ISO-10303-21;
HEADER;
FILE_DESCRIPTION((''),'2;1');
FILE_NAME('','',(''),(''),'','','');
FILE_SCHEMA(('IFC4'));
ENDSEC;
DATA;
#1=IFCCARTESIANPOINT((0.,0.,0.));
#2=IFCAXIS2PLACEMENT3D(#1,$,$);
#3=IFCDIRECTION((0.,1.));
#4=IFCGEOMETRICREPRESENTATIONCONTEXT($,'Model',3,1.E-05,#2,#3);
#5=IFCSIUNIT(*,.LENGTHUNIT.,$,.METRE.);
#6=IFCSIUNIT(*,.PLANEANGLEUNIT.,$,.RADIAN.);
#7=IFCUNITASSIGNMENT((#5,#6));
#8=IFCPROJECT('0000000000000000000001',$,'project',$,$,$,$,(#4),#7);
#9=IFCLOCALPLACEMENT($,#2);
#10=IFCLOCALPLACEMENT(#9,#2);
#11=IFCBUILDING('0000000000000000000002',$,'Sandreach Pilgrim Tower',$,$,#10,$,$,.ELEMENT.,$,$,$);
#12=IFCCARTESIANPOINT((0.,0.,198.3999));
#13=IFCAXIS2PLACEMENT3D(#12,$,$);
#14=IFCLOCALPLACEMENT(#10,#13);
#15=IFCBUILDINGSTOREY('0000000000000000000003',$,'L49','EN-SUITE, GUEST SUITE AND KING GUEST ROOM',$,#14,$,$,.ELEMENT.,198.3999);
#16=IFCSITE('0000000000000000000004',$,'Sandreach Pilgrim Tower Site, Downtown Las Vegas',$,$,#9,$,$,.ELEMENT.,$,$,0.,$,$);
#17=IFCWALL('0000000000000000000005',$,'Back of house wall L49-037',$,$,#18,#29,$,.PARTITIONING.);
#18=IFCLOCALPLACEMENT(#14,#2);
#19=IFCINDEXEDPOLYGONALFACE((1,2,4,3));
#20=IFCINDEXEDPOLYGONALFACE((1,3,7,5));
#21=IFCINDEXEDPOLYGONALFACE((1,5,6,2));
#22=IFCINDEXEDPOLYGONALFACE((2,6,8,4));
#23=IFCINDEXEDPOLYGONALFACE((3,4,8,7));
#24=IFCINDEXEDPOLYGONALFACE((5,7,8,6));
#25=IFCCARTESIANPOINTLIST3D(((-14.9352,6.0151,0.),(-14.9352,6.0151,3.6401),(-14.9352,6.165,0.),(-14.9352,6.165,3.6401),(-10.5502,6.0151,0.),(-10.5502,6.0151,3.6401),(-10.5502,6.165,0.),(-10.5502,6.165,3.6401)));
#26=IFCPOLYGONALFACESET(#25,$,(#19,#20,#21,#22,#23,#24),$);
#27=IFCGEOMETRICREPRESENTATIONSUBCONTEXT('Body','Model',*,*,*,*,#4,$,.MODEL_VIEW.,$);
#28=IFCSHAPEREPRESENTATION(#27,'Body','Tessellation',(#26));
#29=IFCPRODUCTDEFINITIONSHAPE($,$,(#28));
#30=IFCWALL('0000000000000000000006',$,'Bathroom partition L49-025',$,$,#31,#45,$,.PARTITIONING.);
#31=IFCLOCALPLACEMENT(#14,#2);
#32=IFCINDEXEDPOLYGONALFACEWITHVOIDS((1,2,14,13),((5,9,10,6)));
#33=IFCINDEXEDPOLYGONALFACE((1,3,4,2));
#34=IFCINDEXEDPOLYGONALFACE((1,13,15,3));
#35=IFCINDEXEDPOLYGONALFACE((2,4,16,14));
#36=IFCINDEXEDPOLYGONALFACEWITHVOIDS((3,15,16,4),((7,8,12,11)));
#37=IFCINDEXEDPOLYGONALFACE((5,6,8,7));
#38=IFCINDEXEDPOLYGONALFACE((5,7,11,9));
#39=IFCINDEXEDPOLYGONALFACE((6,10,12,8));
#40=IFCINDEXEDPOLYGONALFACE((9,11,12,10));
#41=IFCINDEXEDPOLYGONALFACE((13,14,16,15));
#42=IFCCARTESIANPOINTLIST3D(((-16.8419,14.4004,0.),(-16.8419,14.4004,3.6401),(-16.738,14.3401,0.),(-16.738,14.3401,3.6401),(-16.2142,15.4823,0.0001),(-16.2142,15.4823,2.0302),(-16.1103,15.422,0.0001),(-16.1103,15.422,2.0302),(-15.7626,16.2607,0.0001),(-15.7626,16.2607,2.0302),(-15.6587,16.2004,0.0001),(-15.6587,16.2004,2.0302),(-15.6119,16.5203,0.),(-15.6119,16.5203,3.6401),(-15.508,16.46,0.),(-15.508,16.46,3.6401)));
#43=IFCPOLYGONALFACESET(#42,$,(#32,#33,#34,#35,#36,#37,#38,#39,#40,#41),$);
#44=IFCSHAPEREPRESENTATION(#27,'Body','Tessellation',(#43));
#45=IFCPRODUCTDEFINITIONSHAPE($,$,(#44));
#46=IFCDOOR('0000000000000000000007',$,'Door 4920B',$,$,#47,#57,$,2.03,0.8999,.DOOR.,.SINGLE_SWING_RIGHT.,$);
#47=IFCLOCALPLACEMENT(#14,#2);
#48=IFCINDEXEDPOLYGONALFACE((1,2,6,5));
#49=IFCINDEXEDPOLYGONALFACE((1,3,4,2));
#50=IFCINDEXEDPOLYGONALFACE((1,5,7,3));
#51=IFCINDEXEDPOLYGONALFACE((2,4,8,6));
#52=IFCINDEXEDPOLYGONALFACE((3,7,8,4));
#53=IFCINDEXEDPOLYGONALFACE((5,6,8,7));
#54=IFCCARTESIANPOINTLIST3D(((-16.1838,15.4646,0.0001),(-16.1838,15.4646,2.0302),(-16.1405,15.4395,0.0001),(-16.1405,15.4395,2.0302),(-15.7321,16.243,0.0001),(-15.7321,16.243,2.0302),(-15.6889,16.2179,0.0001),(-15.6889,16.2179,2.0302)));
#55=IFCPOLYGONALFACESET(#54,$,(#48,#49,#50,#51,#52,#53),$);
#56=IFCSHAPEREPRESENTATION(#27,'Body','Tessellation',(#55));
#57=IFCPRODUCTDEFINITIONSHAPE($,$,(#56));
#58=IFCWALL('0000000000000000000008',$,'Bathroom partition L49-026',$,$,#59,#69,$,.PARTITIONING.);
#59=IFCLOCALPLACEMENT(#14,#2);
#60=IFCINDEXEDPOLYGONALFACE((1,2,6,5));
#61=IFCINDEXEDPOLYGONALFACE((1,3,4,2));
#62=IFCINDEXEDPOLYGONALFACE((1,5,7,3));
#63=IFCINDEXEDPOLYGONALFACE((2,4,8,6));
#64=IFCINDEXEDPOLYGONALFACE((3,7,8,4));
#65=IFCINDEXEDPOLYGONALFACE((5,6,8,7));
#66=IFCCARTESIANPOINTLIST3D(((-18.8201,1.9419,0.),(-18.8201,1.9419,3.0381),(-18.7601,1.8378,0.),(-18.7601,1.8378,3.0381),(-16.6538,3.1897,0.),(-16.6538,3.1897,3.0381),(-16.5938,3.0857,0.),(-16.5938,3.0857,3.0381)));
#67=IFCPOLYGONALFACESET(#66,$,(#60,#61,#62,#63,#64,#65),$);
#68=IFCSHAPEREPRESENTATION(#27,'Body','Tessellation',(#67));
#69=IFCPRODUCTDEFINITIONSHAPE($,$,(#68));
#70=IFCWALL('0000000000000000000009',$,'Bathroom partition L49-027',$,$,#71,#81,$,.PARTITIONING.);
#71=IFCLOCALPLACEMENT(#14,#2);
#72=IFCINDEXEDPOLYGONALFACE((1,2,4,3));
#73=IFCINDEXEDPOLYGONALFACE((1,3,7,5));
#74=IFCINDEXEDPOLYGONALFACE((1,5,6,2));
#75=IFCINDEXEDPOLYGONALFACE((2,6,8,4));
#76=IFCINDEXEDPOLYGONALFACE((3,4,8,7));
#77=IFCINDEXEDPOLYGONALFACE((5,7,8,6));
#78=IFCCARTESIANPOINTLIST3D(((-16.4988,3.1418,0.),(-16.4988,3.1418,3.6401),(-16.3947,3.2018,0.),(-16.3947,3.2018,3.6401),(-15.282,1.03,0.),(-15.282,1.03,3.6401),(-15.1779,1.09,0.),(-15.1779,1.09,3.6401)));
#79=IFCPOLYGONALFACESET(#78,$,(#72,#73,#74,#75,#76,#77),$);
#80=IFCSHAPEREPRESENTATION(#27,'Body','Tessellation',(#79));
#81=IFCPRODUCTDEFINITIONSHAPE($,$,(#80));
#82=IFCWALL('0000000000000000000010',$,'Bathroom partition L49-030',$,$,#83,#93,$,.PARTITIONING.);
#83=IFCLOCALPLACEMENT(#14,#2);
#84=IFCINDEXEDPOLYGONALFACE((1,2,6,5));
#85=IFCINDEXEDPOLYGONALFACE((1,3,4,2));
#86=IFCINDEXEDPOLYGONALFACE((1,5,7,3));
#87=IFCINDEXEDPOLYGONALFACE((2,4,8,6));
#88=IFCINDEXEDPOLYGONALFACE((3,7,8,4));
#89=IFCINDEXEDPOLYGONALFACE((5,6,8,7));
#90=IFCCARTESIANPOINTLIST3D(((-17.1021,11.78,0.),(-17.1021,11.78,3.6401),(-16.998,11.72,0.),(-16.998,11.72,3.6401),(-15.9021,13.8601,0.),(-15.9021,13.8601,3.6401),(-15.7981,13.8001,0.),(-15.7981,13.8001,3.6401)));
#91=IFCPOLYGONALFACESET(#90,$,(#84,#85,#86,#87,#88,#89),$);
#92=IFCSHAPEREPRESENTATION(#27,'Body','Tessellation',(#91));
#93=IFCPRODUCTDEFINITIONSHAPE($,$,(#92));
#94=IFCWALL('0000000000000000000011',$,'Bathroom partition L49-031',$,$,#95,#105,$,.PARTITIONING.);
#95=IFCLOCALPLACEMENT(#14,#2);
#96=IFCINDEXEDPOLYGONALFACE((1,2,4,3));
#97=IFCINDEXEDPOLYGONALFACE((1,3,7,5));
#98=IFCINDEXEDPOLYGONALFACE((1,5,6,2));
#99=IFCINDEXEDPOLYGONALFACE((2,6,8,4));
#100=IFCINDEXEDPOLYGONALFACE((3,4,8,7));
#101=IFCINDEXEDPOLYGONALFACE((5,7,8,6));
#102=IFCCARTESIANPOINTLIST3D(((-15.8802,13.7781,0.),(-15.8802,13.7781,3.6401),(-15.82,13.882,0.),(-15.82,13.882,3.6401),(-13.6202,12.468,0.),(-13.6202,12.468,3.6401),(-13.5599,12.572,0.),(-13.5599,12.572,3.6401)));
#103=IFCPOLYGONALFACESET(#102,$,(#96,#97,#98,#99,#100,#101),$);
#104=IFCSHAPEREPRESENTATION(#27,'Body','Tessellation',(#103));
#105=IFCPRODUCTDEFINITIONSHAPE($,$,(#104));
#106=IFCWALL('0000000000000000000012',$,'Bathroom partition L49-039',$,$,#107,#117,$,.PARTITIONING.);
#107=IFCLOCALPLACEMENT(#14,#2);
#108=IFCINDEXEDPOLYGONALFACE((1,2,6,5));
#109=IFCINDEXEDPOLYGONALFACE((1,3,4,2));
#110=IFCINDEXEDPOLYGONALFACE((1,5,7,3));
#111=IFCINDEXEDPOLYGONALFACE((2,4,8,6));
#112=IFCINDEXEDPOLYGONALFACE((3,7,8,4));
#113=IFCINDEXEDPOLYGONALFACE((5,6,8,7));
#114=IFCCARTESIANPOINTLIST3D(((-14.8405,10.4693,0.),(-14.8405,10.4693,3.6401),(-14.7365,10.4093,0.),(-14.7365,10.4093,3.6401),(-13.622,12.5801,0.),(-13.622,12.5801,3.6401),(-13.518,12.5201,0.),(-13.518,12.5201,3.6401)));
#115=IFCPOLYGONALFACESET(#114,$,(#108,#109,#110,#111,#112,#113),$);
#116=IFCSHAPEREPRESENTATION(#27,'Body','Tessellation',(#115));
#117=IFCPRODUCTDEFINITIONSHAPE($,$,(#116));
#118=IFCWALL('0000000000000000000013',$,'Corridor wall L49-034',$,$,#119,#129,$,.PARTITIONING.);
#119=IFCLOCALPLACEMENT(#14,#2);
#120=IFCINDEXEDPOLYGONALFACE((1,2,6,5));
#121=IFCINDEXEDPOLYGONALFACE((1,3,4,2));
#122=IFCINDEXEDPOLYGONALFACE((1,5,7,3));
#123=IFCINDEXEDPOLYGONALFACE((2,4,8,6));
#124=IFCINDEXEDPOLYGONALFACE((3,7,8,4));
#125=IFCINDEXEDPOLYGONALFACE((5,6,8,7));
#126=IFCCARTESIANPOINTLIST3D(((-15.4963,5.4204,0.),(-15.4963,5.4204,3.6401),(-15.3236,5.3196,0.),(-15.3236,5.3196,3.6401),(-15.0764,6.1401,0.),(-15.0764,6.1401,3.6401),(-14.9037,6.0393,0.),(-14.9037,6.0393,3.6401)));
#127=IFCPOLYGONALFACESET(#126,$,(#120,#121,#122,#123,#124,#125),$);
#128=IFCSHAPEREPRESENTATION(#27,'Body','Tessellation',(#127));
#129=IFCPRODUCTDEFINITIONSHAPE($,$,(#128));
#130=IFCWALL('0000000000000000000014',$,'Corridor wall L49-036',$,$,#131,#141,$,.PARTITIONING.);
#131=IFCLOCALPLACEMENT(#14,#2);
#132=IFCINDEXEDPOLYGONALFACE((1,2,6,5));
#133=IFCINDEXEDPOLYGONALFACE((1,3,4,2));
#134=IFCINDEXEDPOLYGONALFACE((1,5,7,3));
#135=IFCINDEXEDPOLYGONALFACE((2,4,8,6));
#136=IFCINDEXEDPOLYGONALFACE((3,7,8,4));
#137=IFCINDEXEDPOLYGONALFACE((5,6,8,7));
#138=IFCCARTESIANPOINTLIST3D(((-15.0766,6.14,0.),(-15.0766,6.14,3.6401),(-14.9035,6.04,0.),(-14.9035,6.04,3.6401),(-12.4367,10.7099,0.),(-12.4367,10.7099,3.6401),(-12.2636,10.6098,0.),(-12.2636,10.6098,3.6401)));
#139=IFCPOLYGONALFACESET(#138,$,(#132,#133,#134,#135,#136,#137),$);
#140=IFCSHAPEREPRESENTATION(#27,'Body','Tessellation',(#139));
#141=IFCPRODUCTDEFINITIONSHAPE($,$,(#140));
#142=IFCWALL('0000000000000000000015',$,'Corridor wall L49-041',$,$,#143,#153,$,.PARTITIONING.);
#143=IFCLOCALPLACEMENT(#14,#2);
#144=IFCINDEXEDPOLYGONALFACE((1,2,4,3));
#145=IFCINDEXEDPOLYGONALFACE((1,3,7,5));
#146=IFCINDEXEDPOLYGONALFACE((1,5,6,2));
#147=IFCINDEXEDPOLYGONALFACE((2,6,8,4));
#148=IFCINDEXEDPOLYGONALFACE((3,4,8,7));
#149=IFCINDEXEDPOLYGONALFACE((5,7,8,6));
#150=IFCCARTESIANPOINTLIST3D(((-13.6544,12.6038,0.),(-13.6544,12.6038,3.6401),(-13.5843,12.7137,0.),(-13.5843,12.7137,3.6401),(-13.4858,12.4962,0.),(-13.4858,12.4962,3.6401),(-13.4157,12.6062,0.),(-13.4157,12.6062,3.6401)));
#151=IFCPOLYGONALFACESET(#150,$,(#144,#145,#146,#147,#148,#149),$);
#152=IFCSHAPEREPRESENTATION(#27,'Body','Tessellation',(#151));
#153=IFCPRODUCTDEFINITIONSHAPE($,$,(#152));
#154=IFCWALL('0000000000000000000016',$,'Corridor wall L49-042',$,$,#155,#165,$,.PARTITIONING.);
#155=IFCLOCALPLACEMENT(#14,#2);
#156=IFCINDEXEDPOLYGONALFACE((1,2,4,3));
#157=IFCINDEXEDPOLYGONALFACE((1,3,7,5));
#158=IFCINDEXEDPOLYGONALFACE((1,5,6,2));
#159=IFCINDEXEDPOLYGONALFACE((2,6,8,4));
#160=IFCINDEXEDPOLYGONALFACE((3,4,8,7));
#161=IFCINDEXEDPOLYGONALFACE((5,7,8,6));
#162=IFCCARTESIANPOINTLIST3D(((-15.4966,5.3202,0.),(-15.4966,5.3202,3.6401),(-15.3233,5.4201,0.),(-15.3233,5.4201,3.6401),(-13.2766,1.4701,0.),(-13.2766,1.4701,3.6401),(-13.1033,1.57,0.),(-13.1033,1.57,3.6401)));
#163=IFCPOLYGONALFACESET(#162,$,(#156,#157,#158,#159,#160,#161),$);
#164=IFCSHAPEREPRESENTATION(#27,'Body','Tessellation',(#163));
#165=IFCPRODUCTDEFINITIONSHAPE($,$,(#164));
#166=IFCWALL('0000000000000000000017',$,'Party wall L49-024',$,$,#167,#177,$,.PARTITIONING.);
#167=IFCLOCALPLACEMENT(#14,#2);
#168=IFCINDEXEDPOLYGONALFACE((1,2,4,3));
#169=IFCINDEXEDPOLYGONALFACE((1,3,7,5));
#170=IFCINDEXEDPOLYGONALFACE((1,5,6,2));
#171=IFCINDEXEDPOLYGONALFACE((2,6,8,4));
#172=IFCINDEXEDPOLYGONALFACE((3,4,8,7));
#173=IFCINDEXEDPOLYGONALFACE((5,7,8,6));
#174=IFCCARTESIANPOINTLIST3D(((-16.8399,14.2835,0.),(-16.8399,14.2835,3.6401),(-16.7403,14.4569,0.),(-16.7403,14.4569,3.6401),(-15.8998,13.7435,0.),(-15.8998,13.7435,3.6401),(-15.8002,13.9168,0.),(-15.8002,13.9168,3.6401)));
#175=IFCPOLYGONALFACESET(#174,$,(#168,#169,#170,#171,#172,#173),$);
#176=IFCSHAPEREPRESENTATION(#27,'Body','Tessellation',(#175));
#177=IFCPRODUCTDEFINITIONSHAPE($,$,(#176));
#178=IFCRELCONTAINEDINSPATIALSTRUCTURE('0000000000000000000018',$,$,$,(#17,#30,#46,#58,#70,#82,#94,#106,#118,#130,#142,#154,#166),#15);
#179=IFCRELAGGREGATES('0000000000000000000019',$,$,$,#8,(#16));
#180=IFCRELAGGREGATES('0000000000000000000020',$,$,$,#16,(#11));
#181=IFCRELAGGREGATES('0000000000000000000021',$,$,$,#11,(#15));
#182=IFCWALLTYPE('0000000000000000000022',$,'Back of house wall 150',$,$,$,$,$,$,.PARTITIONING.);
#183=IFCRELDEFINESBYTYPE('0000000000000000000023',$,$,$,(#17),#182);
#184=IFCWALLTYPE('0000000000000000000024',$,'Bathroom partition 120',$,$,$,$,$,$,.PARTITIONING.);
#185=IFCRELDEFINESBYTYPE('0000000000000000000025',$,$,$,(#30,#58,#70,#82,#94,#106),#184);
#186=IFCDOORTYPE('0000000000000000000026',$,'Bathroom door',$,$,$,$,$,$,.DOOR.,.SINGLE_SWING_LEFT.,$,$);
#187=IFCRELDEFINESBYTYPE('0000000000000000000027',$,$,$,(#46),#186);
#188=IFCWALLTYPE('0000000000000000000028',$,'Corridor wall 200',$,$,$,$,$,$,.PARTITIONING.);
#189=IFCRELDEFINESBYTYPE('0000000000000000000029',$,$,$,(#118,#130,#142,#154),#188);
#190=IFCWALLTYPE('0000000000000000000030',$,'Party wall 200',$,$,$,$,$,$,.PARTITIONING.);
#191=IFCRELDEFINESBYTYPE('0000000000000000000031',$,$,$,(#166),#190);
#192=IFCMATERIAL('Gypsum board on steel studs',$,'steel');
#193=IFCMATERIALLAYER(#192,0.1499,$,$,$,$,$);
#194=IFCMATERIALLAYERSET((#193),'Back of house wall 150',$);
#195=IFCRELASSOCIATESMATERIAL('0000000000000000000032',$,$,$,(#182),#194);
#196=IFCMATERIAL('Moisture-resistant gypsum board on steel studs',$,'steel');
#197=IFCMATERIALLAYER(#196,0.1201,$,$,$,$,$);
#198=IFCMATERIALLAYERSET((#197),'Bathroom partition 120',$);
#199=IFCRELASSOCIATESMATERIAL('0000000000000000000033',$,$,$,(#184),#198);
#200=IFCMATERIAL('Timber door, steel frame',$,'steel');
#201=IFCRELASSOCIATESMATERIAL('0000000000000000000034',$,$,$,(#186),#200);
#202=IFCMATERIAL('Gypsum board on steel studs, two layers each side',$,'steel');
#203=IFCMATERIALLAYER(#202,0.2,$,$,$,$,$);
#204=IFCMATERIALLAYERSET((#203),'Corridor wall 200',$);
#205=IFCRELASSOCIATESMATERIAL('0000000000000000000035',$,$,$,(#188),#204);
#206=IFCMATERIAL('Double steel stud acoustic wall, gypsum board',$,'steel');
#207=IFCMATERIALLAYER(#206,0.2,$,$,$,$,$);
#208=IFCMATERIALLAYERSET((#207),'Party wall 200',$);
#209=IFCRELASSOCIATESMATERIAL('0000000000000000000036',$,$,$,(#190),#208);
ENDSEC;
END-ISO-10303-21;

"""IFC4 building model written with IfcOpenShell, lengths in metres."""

from ifc_helpers import new_model, si_unit, direction, frame, frame_2d, origin, place, context, subcontext, project, spatial, rectangle, extrude, material, layer, layer_set, type_object, element, fill, save


model = new_model("IFC4")

# Units and contexts
model_context = context("Model", 3, precision=1e-05, world=origin(), true_north=direction((0.0, 1.0)))
body_context = subcontext(model_context, "Body", "Model", "MODEL_VIEW")
ifc_project = project(units=[si_unit("LENGTHUNIT", "METRE"), si_unit("PLANEANGLEUNIT", "RADIAN")], contexts=[model_context])

# Site, building, storey
site_placement = place(None, origin())
site = spatial("IfcSite", under=ifc_project, at=site_placement, Name="Sandreach Pilgrim Tower Site, Downtown Las Vegas", CompositionType="ELEMENT", RefElevation=0.0)
building_placement = place(site_placement, origin())
building = spatial("IfcBuilding", under=site, at=building_placement, Name="Sandreach Pilgrim Tower", CompositionType="ELEMENT")
storey_placement = place(building_placement, frame((0.0, 0.0, 198.3999)))
storey = spatial("IfcBuildingStorey", under=building, at=storey_placement, Name="L49", Description="EN-SUITE, GUEST SUITE AND KING GUEST ROOM", CompositionType="ELEMENT", Elevation=198.3999)

# Wall
ifc_material_1 = material(Name="Gypsum board on steel studs", Category="steel")
ifc_layer_1 = layer(ifc_material_1, 0.1499)
ifc_layer_set_1 = layer_set([ifc_layer_1], Name="Back of house wall 150")
wall_type_1 = type_object("IfcWallType", Name="Back of house wall 150", PredefinedType="PARTITIONING", material=ifc_layer_set_1)
wall_1_placement = place(storey_placement, frame((-14.9351, 6.0901, 0.0), z_axis=(0.0, 0.0, 1.0), x_axis=(1.0, 0.0, 0.0)))
element("IfcWall", 1, at=wall_1_placement, inside=storey, type_object=wall_type_1, Name="Back of house wall L49-037", PredefinedType="PARTITIONING", context=body_context, shape_type="SweptSolid", body=[
    extrude(rectangle(XDim=4.385, YDim=0.1499, at=frame_2d((2.1924, 0.0))), origin(), (0.0, 0.0, 1.0), 3.6401),
])

# Wall, opening, door
ifc_material_2 = material(Name="Moisture-resistant gypsum board on steel studs", Category="steel")
ifc_layer_2 = layer(ifc_material_2, 0.1201)
ifc_layer_set_2 = layer_set([ifc_layer_2], Name="Bathroom partition 120")
wall_type_2 = type_object("IfcWallType", Name="Bathroom partition 120", PredefinedType="PARTITIONING", material=ifc_layer_set_2)
wall_2_placement = place(storey_placement, frame((-16.79, 14.3701, 0.0), z_axis=(0.0, 0.0, 1.0), x_axis=(0.501857, 0.864951, 0.0)))
wall_2 = element("IfcWall", 2, at=wall_2_placement, inside=storey, type_object=wall_type_2, Name="Bathroom partition L49-025", PredefinedType="PARTITIONING", context=body_context, shape_type="SweptSolid", body=[
    extrude(rectangle(XDim=2.4509, YDim=0.1201, at=frame_2d((1.2256, 0.0))), origin(), (0.0, 0.0, 1.0), 3.6401),
])
opening_1_placement = place(wall_2_placement, frame((1.251, 0.0, 0.0)))
opening_1 = element("IfcOpeningElement", 3, at=opening_1_placement, cuts=wall_2, PredefinedType="OPENING", context=body_context, shape_type="SweptSolid", body=[
    extrude(rectangle(XDim=0.8999, YDim=2.03, at=frame_2d((0.45, 1.0151))), frame((0.0, 0.0601, 0.0), z_axis=(0.0, -1.0, 0.0), x_axis=(1.0, 0.0, 0.0)), (0.0, 0.0, 1.0), 0.1201),
])
ifc_material_3 = material(Name="Timber door, steel frame", Category="steel")
door_type_1 = type_object("IfcDoorType", Name="Bathroom door", OperationType="SINGLE_SWING_LEFT", PredefinedType="DOOR", material=ifc_material_3)
door_1_placement = place(opening_1_placement, origin())
door_1 = element("IfcDoor", 4, at=door_1_placement, inside=storey, type_object=door_type_1, Name="Door 4920B", OperationType="SINGLE_SWING_RIGHT", OverallHeight=2.03, OverallWidth=0.8999, PredefinedType="DOOR", context=body_context, shape_type="SweptSolid", body=[
    extrude(rectangle(XDim=0.8999, YDim=2.03, at=frame_2d((0.45, 1.0151))), frame((0.0, 0.0249, 0.0), z_axis=(0.0, -1.0, 0.0), x_axis=(1.0, 0.0, 0.0)), (0.0, 0.0, 1.0), 0.05),
])
fill(opening_1, door_1)

# Walls
wall_3_placement = place(storey_placement, frame((-16.6238, 3.1377, 0.0), z_axis=(0.0, 0.0, 1.0), x_axis=(-0.866525, -0.499133, 0.0)))
element("IfcWall", 5, at=wall_3_placement, inside=storey, type_object=wall_type_2, Name="Bathroom partition L49-026", PredefinedType="PARTITIONING", context=body_context, shape_type="SweptSolid", body=[
    extrude(rectangle(XDim=2.5, YDim=0.1201, at=frame_2d((1.25, 0.0))), origin(), (0.0, 0.0, 1.0), 3.0381),
])
wall_4_placement = place(storey_placement, frame((-16.4468, 3.1719, 0.0), z_axis=(0.0, 0.0, 1.0), x_axis=(0.499243, -0.866462, 0.0)))
element("IfcWall", 6, at=wall_4_placement, inside=storey, type_object=wall_type_2, Name="Bathroom partition L49-027", PredefinedType="PARTITIONING", context=body_context, shape_type="SweptSolid", body=[
    extrude(rectangle(XDim=2.4373, YDim=0.1201, at=frame_2d((1.2188, 0.0))), origin(), (0.0, 0.0, 1.0), 3.6401),
])
wall_5_placement = place(storey_placement, frame((-15.8501, 13.8301, 0.0), z_axis=(0.0, 0.0, 1.0), x_axis=(-0.499693, -0.866203, 0.0)))
element("IfcWall", 7, at=wall_5_placement, inside=storey, type_object=wall_type_2, Name="Bathroom partition L49-030", PredefinedType="PARTITIONING", context=body_context, shape_type="SweptSolid", body=[
    extrude(rectangle(XDim=2.4014, YDim=0.1201, at=frame_2d((1.2007, 0.0))), origin(), (0.0, 0.0, 1.0), 3.6401),
])
wall_6_placement = place(storey_placement, frame((-15.8501, 13.8301, 0.0), z_axis=(0.0, 0.0, 1.0), x_axis=(0.865155, -0.501504, 0.0)))
element("IfcWall", 8, at=wall_6_placement, inside=storey, type_object=wall_type_2, Name="Bathroom partition L49-031", PredefinedType="PARTITIONING", context=body_context, shape_type="SweptSolid", body=[
    extrude(rectangle(XDim=2.6123, YDim=0.1201, at=frame_2d((1.3062, 0.0))), origin(), (0.0, 0.0, 1.0), 3.6401),
])
wall_7_placement = place(storey_placement, frame((-14.7886, 10.4392, 0.0), z_axis=(0.0, 0.0, 1.0), x_axis=(0.499942, 0.866059, 0.0)))
element("IfcWall", 9, at=wall_7_placement, inside=storey, type_object=wall_type_2, Name="Bathroom partition L49-039", PredefinedType="PARTITIONING", context=body_context, shape_type="SweptSolid", body=[
    extrude(rectangle(XDim=2.4373, YDim=0.1201, at=frame_2d((1.2188, 0.0))), origin(), (0.0, 0.0, 1.0), 3.6401),
])

# Shared definitions
ifc_material_4 = material(Name="Gypsum board on steel studs, two layers each side", Category="steel")
ifc_layer_3 = layer(ifc_material_4, 0.2)
ifc_layer_set_3 = layer_set([ifc_layer_3], Name="Corridor wall 200")
wall_type_3 = type_object("IfcWallType", Name="Corridor wall 200", PredefinedType="PARTITIONING", material=ifc_layer_set_3)

# Walls
wall_8_placement = place(storey_placement, frame((-15.4099, 5.3701, 0.0), z_axis=(0.0, 0.0, 1.0), x_axis=(0.503944, 0.863736, 0.0)))
element("IfcWall", 10, at=wall_8_placement, inside=storey, type_object=wall_type_3, Name="Corridor wall L49-034", PredefinedType="PARTITIONING", context=body_context, shape_type="SweptSolid", body=[
    extrude(rectangle(XDim=0.8333, YDim=0.2, at=frame_2d((0.4165, 0.0))), origin(), (0.0, 0.0, 1.0), 3.6401),
])
wall_9_placement = place(storey_placement, frame((-14.99, 6.0901, 0.0), z_axis=(0.0, 0.0, 1.0), x_axis=(0.500214, 0.865902, 0.0)))
element("IfcWall", 11, at=wall_9_placement, inside=storey, type_object=wall_type_3, Name="Corridor wall L49-036", PredefinedType="PARTITIONING", context=body_context, shape_type="SweptSolid", body=[
    extrude(rectangle(XDim=5.2776, YDim=0.2, at=frame_2d((2.6387, 0.0))), origin(), (0.0, 0.0, 1.0), 3.6401),
])
wall_10_placement = place(storey_placement, frame((-13.5, 12.6599, 0.0), z_axis=(0.0, 0.0, 1.0), x_axis=(-0.537724, -0.843121, 0.0)))
element("IfcWall", 12, at=wall_10_placement, inside=storey, type_object=wall_type_3, Name="Corridor wall L49-041", PredefinedType="PARTITIONING", context=body_context, shape_type="SweptSolid", body=[
    extrude(rectangle(XDim=0.1304, YDim=0.2, at=frame_2d((0.0652, 0.0))), origin(), (0.0, 0.0, 1.0), 3.6401),
])
wall_11_placement = place(storey_placement, frame((-13.1899, 1.52, 0.0), z_axis=(0.0, 0.0, 1.0), x_axis=(-0.499513, 0.866306, 0.0)))
element("IfcWall", 13, at=wall_11_placement, inside=storey, type_object=wall_type_3, Name="Corridor wall L49-042", PredefinedType="PARTITIONING", context=body_context, shape_type="SweptSolid", body=[
    extrude(rectangle(XDim=4.4443, YDim=0.2, at=frame_2d((2.2222, 0.0))), origin(), (0.0, 0.0, 1.0), 3.6401),
])

# Wall
ifc_material_5 = material(Name="Double steel stud acoustic wall, gypsum board", Category="steel")
ifc_layer_4 = layer(ifc_material_5, 0.2)
ifc_layer_set_4 = layer_set([ifc_layer_4], Name="Party wall 200")
wall_type_4 = type_object("IfcWallType", Name="Party wall 200", PredefinedType="PARTITIONING", material=ifc_layer_set_4)
wall_12_placement = place(storey_placement, frame((-16.79, 14.3701, 0.0), z_axis=(0.0, 0.0, 1.0), x_axis=(0.867132, -0.498078, 0.0)))
element("IfcWall", 14, at=wall_12_placement, inside=storey, type_object=wall_type_4, Name="Party wall L49-024", PredefinedType="PARTITIONING", context=body_context, shape_type="SweptSolid", body=[
    extrude(rectangle(XDim=1.0842, YDim=0.2, at=frame_2d((0.542, 0.0))), origin(), (0.0, 0.0, 1.0), 3.6401),
])

save(model, "model.ifc")
